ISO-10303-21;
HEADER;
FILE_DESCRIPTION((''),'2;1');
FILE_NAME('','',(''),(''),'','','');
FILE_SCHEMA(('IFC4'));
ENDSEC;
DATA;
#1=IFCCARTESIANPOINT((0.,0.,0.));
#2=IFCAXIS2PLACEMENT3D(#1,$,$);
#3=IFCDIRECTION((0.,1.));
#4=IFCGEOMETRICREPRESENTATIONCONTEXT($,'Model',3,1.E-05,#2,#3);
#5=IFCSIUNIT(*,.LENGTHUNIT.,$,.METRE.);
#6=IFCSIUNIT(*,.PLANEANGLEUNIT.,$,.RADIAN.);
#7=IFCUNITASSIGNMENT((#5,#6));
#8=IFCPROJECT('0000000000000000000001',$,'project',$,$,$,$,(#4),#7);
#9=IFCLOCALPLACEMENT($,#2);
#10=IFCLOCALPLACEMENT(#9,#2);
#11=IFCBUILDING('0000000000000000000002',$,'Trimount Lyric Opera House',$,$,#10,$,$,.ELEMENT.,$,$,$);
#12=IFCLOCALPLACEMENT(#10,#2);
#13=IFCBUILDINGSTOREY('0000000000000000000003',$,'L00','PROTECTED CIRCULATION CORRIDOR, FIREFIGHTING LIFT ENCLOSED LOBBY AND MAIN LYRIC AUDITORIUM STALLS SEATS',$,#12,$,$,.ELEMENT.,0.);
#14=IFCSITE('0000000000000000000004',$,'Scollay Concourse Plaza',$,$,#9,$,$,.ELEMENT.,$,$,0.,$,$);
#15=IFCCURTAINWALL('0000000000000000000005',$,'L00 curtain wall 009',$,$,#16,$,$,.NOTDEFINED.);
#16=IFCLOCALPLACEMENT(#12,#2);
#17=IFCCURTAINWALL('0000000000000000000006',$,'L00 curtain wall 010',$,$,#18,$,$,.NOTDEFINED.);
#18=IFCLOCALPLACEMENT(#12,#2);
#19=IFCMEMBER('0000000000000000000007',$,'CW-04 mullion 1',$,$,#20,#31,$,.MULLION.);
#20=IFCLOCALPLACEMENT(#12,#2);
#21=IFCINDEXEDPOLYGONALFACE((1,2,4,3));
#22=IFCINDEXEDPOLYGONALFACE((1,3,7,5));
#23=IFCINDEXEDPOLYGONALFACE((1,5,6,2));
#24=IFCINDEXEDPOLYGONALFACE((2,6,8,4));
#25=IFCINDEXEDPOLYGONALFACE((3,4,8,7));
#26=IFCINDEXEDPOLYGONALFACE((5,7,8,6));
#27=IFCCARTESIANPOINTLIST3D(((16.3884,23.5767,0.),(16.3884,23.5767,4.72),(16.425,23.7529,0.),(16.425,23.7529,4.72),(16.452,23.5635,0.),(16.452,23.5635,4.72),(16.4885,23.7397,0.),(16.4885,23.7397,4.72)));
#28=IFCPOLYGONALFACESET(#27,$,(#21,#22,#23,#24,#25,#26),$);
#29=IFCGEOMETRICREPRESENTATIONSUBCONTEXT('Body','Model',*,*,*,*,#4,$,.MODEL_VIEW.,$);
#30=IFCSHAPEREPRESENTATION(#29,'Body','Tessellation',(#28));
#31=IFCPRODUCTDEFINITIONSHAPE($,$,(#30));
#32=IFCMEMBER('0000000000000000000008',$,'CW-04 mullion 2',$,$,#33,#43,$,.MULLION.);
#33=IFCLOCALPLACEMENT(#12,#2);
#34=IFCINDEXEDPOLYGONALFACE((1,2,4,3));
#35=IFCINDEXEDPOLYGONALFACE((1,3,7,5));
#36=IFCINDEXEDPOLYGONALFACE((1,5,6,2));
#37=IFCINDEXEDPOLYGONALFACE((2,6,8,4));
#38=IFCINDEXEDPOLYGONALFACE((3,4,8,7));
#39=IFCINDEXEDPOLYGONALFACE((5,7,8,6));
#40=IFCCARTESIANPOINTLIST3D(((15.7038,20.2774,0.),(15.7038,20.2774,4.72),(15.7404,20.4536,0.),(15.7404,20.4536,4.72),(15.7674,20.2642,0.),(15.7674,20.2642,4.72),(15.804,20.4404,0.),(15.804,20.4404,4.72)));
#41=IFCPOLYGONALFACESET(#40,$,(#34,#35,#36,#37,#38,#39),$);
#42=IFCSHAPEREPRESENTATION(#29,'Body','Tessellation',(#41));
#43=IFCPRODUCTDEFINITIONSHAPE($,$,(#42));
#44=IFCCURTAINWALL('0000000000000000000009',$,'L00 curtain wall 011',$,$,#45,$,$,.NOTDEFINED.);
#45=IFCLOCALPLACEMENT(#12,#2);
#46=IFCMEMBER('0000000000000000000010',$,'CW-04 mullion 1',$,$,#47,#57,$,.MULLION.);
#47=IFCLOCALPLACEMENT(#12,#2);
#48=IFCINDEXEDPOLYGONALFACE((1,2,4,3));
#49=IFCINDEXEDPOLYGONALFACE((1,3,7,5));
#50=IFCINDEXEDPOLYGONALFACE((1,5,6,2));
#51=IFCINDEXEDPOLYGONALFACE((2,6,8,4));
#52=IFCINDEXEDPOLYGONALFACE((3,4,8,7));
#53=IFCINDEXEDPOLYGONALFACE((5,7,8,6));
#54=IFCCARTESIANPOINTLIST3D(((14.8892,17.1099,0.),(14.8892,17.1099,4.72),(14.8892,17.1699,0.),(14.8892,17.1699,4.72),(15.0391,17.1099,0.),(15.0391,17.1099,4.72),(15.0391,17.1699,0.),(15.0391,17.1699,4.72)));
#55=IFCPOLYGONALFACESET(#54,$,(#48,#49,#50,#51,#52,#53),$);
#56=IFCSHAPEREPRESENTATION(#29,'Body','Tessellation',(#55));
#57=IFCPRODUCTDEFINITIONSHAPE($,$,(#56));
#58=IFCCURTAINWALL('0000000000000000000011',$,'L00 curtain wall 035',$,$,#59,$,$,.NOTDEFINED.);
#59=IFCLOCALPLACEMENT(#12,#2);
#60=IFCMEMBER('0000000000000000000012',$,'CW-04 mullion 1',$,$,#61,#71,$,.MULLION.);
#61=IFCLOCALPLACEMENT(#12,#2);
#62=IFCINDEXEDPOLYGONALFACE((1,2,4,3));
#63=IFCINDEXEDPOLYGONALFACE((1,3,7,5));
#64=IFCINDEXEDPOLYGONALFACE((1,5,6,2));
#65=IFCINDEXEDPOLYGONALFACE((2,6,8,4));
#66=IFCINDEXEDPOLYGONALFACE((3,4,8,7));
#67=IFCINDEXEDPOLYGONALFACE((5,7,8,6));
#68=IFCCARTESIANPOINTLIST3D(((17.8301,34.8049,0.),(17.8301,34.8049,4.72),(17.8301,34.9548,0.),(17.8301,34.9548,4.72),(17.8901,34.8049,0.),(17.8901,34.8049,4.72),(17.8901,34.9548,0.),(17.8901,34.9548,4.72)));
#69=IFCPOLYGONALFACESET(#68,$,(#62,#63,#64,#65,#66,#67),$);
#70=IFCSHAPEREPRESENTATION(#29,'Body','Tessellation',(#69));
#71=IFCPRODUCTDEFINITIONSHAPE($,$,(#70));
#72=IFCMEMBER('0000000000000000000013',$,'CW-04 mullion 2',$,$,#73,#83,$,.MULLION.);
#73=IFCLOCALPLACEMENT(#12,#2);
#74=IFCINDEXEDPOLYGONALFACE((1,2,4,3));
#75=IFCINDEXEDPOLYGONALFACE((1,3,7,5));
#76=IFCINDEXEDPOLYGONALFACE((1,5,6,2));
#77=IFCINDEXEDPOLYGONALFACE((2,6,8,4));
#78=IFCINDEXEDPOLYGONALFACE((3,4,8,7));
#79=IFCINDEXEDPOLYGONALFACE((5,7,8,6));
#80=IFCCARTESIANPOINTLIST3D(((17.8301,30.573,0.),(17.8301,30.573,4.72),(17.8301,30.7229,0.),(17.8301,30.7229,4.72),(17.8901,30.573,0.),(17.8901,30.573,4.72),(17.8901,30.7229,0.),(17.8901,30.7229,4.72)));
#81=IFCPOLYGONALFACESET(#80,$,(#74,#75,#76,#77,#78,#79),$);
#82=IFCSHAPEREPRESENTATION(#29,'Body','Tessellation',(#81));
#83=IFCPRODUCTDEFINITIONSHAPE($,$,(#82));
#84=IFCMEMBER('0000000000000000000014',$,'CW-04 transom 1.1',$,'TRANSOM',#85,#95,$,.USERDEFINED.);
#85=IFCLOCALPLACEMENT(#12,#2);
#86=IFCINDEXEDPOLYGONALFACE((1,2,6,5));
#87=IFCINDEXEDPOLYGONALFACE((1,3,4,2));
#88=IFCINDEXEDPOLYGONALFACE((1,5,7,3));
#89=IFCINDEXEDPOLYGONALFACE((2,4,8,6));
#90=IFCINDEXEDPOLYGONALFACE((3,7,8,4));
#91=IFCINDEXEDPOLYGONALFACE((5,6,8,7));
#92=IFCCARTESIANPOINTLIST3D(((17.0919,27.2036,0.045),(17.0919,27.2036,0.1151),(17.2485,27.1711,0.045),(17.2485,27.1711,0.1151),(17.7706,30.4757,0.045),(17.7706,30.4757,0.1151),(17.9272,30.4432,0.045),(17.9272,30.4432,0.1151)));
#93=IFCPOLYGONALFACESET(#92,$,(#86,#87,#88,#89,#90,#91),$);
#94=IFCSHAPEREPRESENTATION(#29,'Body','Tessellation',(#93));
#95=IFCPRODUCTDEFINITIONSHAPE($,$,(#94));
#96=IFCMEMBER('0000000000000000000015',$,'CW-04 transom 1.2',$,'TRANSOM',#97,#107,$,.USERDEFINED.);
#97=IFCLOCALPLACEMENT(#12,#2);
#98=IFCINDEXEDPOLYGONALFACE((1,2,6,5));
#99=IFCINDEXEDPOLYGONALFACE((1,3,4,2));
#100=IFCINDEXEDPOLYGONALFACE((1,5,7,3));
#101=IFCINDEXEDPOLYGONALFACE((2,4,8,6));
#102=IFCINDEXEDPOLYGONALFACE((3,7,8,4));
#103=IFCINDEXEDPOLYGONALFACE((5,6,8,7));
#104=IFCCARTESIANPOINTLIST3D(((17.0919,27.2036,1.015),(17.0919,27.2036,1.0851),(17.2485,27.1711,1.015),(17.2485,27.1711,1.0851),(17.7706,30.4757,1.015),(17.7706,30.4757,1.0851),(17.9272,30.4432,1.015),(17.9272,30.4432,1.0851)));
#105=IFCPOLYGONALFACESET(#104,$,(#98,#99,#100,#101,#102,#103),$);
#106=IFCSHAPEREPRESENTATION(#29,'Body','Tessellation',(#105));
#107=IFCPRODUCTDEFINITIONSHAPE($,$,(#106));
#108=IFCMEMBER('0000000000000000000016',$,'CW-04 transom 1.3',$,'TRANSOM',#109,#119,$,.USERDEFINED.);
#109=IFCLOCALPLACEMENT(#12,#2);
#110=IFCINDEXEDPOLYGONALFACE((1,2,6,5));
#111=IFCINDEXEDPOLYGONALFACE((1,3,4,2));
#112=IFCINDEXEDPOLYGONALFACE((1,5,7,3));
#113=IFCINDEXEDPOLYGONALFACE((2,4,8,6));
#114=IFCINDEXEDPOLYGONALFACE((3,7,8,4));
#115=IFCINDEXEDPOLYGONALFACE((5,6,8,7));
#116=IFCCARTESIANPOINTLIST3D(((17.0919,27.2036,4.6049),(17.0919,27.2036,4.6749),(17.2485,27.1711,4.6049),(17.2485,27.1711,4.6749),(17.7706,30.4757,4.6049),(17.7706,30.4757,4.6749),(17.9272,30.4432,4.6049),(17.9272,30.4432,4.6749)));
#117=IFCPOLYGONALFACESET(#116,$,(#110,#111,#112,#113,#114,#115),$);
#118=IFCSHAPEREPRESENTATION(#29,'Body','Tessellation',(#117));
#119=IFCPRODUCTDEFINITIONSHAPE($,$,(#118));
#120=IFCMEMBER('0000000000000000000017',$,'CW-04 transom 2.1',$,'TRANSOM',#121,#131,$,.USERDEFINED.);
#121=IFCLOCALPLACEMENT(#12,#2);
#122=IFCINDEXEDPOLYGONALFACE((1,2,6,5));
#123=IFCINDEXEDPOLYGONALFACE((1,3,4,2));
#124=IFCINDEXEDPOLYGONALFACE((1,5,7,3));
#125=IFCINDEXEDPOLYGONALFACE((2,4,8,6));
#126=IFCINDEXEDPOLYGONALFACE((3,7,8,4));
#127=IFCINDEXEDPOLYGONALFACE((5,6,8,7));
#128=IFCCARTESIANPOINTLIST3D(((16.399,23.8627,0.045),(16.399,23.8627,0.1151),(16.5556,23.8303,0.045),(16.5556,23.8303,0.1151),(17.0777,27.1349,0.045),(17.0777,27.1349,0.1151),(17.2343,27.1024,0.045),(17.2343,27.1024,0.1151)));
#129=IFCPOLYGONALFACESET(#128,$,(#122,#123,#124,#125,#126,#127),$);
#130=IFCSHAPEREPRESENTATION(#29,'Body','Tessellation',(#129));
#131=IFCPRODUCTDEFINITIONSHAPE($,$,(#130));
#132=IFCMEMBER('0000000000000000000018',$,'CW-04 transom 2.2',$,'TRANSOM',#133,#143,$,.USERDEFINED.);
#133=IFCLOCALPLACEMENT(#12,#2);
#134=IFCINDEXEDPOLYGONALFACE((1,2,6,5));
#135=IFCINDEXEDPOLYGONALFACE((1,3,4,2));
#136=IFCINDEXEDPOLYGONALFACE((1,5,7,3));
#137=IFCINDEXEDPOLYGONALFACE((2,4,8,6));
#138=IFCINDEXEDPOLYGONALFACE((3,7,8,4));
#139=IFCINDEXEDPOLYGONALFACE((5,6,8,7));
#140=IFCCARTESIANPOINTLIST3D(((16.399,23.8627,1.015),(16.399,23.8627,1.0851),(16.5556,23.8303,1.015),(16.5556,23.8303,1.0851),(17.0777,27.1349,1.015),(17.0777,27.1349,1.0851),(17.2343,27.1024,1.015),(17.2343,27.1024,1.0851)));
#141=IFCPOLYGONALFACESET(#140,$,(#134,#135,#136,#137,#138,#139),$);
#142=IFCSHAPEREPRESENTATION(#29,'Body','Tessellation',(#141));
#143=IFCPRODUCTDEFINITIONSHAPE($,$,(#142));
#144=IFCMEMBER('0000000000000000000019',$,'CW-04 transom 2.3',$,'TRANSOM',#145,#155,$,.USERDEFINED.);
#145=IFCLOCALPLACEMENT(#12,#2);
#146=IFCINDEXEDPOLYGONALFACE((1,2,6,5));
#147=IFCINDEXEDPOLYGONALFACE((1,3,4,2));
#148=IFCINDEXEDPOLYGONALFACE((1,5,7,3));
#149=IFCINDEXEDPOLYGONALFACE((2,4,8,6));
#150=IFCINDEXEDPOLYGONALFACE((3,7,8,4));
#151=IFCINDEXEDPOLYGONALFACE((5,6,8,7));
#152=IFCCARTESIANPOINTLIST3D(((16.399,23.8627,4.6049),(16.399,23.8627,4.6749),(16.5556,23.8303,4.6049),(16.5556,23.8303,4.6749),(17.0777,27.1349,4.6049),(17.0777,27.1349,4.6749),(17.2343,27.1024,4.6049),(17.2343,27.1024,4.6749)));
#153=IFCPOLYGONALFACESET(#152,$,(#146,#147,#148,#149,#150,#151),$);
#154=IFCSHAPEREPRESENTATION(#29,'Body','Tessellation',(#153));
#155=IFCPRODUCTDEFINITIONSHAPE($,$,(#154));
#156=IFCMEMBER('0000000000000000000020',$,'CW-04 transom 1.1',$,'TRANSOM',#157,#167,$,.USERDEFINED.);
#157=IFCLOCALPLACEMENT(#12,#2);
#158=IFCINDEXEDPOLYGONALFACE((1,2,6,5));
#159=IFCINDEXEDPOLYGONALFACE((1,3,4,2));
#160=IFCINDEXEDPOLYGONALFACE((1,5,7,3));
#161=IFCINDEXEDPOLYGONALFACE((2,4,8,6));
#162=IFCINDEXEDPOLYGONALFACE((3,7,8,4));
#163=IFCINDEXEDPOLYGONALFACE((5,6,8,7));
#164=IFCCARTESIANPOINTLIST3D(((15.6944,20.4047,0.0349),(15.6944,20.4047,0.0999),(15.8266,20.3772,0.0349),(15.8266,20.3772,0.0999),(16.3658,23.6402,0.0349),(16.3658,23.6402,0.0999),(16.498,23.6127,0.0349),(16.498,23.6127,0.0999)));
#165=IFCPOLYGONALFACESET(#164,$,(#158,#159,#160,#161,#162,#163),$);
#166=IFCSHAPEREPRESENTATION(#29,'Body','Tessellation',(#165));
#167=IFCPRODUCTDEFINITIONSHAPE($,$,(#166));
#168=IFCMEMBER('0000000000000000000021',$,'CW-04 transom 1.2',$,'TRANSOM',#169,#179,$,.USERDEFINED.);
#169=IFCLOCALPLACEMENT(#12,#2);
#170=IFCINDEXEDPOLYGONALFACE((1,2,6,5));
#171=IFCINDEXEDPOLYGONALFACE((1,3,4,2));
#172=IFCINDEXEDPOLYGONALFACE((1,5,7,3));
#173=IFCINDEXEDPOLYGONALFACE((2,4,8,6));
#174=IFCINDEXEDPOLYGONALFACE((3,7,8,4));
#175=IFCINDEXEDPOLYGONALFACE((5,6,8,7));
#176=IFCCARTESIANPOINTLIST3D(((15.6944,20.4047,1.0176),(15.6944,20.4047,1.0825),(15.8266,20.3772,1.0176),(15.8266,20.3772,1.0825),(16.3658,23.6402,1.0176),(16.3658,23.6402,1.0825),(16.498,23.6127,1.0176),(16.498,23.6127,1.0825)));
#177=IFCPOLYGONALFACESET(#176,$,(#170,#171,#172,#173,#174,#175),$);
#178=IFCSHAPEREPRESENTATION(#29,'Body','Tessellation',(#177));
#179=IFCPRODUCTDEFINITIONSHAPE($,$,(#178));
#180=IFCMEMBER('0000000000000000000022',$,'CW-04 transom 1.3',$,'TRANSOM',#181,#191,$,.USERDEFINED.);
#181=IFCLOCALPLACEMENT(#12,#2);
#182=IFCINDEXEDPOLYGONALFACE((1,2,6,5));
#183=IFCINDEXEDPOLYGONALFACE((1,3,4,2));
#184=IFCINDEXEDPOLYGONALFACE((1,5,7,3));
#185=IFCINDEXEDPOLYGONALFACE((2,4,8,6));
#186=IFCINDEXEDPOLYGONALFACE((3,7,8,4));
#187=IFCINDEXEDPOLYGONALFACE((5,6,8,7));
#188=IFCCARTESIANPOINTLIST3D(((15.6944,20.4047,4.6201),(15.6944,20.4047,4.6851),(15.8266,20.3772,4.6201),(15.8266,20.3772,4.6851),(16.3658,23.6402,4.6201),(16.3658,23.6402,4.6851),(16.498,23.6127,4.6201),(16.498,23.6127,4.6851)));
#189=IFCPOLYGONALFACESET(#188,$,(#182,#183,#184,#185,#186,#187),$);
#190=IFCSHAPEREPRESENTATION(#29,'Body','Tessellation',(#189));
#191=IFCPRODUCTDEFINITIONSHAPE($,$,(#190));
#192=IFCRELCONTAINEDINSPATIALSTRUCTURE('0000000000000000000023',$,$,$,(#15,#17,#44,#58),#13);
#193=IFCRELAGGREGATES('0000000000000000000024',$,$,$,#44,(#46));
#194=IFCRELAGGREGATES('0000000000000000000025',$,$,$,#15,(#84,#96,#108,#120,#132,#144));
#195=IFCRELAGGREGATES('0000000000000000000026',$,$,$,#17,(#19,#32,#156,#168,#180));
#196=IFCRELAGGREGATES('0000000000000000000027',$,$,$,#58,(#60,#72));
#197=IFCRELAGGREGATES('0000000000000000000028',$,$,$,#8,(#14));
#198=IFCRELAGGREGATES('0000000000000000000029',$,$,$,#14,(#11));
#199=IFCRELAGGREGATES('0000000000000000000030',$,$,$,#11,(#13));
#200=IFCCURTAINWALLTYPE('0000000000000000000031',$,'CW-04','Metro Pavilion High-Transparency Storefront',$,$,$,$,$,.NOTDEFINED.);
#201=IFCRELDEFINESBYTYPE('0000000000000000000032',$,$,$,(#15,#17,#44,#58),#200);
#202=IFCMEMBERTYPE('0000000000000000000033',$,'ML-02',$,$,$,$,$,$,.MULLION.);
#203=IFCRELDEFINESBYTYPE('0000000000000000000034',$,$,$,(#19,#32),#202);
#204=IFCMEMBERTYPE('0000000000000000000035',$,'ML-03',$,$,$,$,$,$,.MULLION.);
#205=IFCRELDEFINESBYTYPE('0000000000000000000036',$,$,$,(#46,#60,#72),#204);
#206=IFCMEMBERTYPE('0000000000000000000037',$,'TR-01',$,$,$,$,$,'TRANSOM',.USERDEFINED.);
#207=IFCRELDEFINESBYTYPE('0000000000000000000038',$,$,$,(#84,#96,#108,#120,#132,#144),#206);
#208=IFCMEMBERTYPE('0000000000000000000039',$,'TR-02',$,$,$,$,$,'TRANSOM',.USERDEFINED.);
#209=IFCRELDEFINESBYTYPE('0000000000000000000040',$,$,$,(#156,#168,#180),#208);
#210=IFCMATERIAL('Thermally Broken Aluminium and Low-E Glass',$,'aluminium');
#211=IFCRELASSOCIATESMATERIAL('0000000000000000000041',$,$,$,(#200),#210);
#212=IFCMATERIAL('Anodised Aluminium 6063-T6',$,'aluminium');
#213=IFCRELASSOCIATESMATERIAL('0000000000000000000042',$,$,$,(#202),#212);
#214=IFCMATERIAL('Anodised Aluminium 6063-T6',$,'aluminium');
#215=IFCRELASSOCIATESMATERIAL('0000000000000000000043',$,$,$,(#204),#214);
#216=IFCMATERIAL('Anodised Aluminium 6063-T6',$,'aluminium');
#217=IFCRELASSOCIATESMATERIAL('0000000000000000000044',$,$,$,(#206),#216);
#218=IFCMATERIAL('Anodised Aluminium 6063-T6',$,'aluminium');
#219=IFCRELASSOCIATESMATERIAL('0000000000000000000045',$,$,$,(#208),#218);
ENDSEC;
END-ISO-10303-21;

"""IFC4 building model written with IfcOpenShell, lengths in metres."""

from ifc_helpers import new_model, si_unit, direction, frame, origin, origin_2d, place, context, subcontext, project, spatial, rectangle, extrude, material, material_profile, profile_set, type_object, element, aggregate, save


model = new_model("IFC4")

# Units and contexts
model_context = context("Model", 3, precision=1e-05, world=origin(), true_north=direction((0.0, 1.0)))
body_context = subcontext(model_context, "Body", "Model", "MODEL_VIEW")
ifc_project = project(units=[si_unit("LENGTHUNIT", "METRE"), si_unit("PLANEANGLEUNIT", "RADIAN")], contexts=[model_context])

# Site, building, storey
site_placement = place(None, origin())
site = spatial("IfcSite", under=ifc_project, at=site_placement, Name="Scollay Concourse Plaza", CompositionType="ELEMENT", RefElevation=0.0)
building_placement = place(site_placement, origin())
building = spatial("IfcBuilding", under=site, at=building_placement, Name="Trimount Lyric Opera House", CompositionType="ELEMENT")
storey_placement = place(building_placement, origin())
storey = spatial("IfcBuildingStorey", under=building, at=storey_placement, Name="L00", Description="PROTECTED CIRCULATION CORRIDOR, FIREFIGHTING LIFT ENCLOSED LOBBY AND MAIN LYRIC AUDITORIUM STALLS SEATS", CompositionType="ELEMENT", Elevation=0.0)

# Curtain walls, members
ifc_material_1 = material(Name="Thermally Broken Aluminium and Low-E Glass", Category="aluminium")
curtain_wall_type = type_object("IfcCurtainWallType", Name="CW-04", Description="Metro Pavilion High-Transparency Storefront", PredefinedType="NOTDEFINED", material=ifc_material_1)
curtain_wall_1_placement = place(storey_placement, origin())
curtain_wall_1 = element("IfcCurtainWall", 1, at=curtain_wall_1_placement, inside=storey, type_object=curtain_wall_type, Name="L00 curtain wall 009", PredefinedType="NOTDEFINED")
curtain_wall_2_placement = place(storey_placement, origin())
curtain_wall_2 = element("IfcCurtainWall", 2, at=curtain_wall_2_placement, inside=storey, type_object=curtain_wall_type, Name="L00 curtain wall 010", PredefinedType="NOTDEFINED")
ifc_material_2 = material(Name="Anodised Aluminium 6063-T6", Category="aluminium")
ifc_material_profile_1 = material_profile(ifc_material_2, rectangle(XDim=0.0649, YDim=0.1799, at=origin_2d()), Name="ALU-MULL-65X180")
ifc_profile_set_1 = profile_set([ifc_material_profile_1], Name="Anodised Aluminium 6063-T6")
member_type_1 = type_object("IfcMemberType", Name="ML-02", PredefinedType="MULLION", material=ifc_profile_set_1)
member_1_placement = place(storey_placement, frame((16.4385, 23.6582, 0.0), z_axis=(0.0, 0.0, 1.0), x_axis=(0.979154, -0.203121, 0.0)))
member_1 = element("IfcMember", 3, at=member_1_placement, type_object=member_type_1, Name="CW-04 mullion 1", PredefinedType="MULLION", context=body_context, shape_type="SweptSolid", body=[
    extrude(rectangle(XDim=0.0649, YDim=0.1799, at=origin_2d()), origin(), (0.0, 0.0, 1.0), 4.72),
])
member_2_placement = place(storey_placement, frame((15.7539, 20.3589, 0.0), z_axis=(0.0, 0.0, 1.0), x_axis=(0.979154, -0.203121, 0.0)))
member_2 = element("IfcMember", 4, at=member_2_placement, type_object=member_type_1, Name="CW-04 mullion 2", PredefinedType="MULLION", context=body_context, shape_type="SweptSolid", body=[
    extrude(rectangle(XDim=0.0649, YDim=0.1799, at=origin_2d()), origin(), (0.0, 0.0, 1.0), 4.72),
])

# Curtain wall, member
curtain_wall_3_placement = place(storey_placement, origin())
curtain_wall_3 = element("IfcCurtainWall", 5, at=curtain_wall_3_placement, inside=storey, type_object=curtain_wall_type, Name="L00 curtain wall 011", PredefinedType="NOTDEFINED")
ifc_material_3 = material(Name="Anodised Aluminium 6063-T6", Category="aluminium")
ifc_material_profile_2 = material_profile(ifc_material_3, rectangle(XDim=0.0601, YDim=0.1499, at=origin_2d()), Name="ALU-MULL-60X150")
ifc_profile_set_2 = profile_set([ifc_material_profile_2], Name="Anodised Aluminium 6063-T6")
member_type_2 = type_object("IfcMemberType", Name="ML-03", PredefinedType="MULLION", material=ifc_profile_set_2)
member_3_placement = place(storey_placement, frame((14.9641, 17.1399, 0.0), z_axis=(0.0, 0.0, 1.0), x_axis=(0.0, -1.0, 0.0)))
member_3 = element("IfcMember", 6, at=member_3_placement, type_object=member_type_2, Name="CW-04 mullion 1", PredefinedType="MULLION", context=body_context, shape_type="SweptSolid", body=[
    extrude(rectangle(XDim=0.0601, YDim=0.1499, at=origin_2d()), origin(), (0.0, 0.0, 1.0), 4.72),
])

# Curtain wall, members
curtain_wall_4_placement = place(storey_placement, origin())
curtain_wall_4 = element("IfcCurtainWall", 7, at=curtain_wall_4_placement, inside=storey, type_object=curtain_wall_type, Name="L00 curtain wall 035", PredefinedType="NOTDEFINED")
member_4_placement = place(storey_placement, frame((17.8601, 34.8799, 0.0), z_axis=(0.0, 0.0, 1.0), x_axis=(1.0, 0.0, 0.0)))
member_4 = element("IfcMember", 8, at=member_4_placement, type_object=member_type_2, Name="CW-04 mullion 1", PredefinedType="MULLION", context=body_context, shape_type="SweptSolid", body=[
    extrude(rectangle(XDim=0.0601, YDim=0.1499, at=origin_2d()), origin(), (0.0, 0.0, 1.0), 4.72),
])
member_5_placement = place(storey_placement, frame((17.8601, 30.6479, 0.0), z_axis=(0.0, 0.0, 1.0), x_axis=(1.0, 0.0, 0.0)))
member_5 = element("IfcMember", 9, at=member_5_placement, type_object=member_type_2, Name="CW-04 mullion 2", PredefinedType="MULLION", context=body_context, shape_type="SweptSolid", body=[
    extrude(rectangle(XDim=0.0601, YDim=0.1499, at=origin_2d()), origin(), (0.0, 0.0, 1.0), 4.72),
])

# Members
ifc_material_4 = material(Name="Anodised Aluminium 6063-T6", Category="aluminium")
ifc_material_profile_3 = material_profile(ifc_material_4, rectangle(XDim=0.1599, YDim=0.0701, at=origin_2d()), Name="ALU-TRAN-70X160")
ifc_profile_set_3 = profile_set([ifc_material_profile_3], Name="Anodised Aluminium 6063-T6")
member_type_3 = type_object("IfcMemberType", Name="TR-01", ElementType="TRANSOM", PredefinedType="USERDEFINED", material=ifc_profile_set_3)
member_6_placement = place(storey_placement, frame((17.8489, 30.4595, 0.0801), z_axis=(-0.203094, -0.979159, 0.0), x_axis=(0.979159, -0.203094, 0.0)))
member_6 = element("IfcMember", 10, at=member_6_placement, type_object=member_type_3, Name="CW-04 transom 1.1", ObjectType="TRANSOM", PredefinedType="USERDEFINED", context=body_context, shape_type="SweptSolid", body=[
    extrude(rectangle(XDim=0.1599, YDim=0.0701, at=origin_2d()), origin(), (0.0, 0.0, 1.0), 3.3418),
])
member_7_placement = place(storey_placement, frame((17.8489, 30.4595, 1.05), z_axis=(-0.203094, -0.979159, 0.0), x_axis=(0.979159, -0.203094, 0.0)))
member_7 = element("IfcMember", 11, at=member_7_placement, type_object=member_type_3, Name="CW-04 transom 1.2", ObjectType="TRANSOM", PredefinedType="USERDEFINED", context=body_context, shape_type="SweptSolid", body=[
    extrude(rectangle(XDim=0.1599, YDim=0.0701, at=origin_2d()), origin(), (0.0, 0.0, 1.0), 3.3418),
])
member_8_placement = place(storey_placement, frame((17.8489, 30.4595, 4.6399), z_axis=(-0.203094, -0.979159, 0.0), x_axis=(0.979159, -0.203094, 0.0)))
member_8 = element("IfcMember", 12, at=member_8_placement, type_object=member_type_3, Name="CW-04 transom 1.3", ObjectType="TRANSOM", PredefinedType="USERDEFINED", context=body_context, shape_type="SweptSolid", body=[
    extrude(rectangle(XDim=0.1599, YDim=0.0701, at=origin_2d()), origin(), (0.0, 0.0, 1.0), 3.3418),
])
member_9_placement = place(storey_placement, frame((17.156, 27.1187, 0.0801), z_axis=(-0.203094, -0.979159, 0.0), x_axis=(0.979159, -0.203094, 0.0)))
member_9 = element("IfcMember", 13, at=member_9_placement, type_object=member_type_3, Name="CW-04 transom 2.1", ObjectType="TRANSOM", PredefinedType="USERDEFINED", context=body_context, shape_type="SweptSolid", body=[
    extrude(rectangle(XDim=0.1599, YDim=0.0701, at=origin_2d()), origin(), (0.0, 0.0, 1.0), 3.3418),
])
member_10_placement = place(storey_placement, frame((17.156, 27.1187, 1.05), z_axis=(-0.203094, -0.979159, 0.0), x_axis=(0.979159, -0.203094, 0.0)))
member_10 = element("IfcMember", 14, at=member_10_placement, type_object=member_type_3, Name="CW-04 transom 2.2", ObjectType="TRANSOM", PredefinedType="USERDEFINED", context=body_context, shape_type="SweptSolid", body=[
    extrude(rectangle(XDim=0.1599, YDim=0.0701, at=origin_2d()), origin(), (0.0, 0.0, 1.0), 3.3418),
])
member_11_placement = place(storey_placement, frame((17.156, 27.1187, 4.6399), z_axis=(-0.203094, -0.979159, 0.0), x_axis=(0.979159, -0.203094, 0.0)))
member_11 = element("IfcMember", 15, at=member_11_placement, type_object=member_type_3, Name="CW-04 transom 2.3", ObjectType="TRANSOM", PredefinedType="USERDEFINED", context=body_context, shape_type="SweptSolid", body=[
    extrude(rectangle(XDim=0.1599, YDim=0.0701, at=origin_2d()), origin(), (0.0, 0.0, 1.0), 3.3418),
])
ifc_material_5 = material(Name="Anodised Aluminium 6063-T6", Category="aluminium")
ifc_material_profile_4 = material_profile(ifc_material_5, rectangle(XDim=0.135, YDim=0.0649, at=origin_2d()), Name="ALU-TRAN-65X135")
ifc_profile_set_4 = profile_set([ifc_material_profile_4], Name="Anodised Aluminium 6063-T6")
member_type_4 = type_object("IfcMemberType", Name="TR-02", ElementType="TRANSOM", PredefinedType="USERDEFINED", material=ifc_profile_set_4)
member_12_placement = place(storey_placement, frame((16.4319, 23.6265, 0.0674), z_axis=(-0.203172, -0.979143, 0.0), x_axis=(0.979143, -0.203172, 0.0)))
member_12 = element("IfcMember", 16, at=member_12_placement, type_object=member_type_4, Name="CW-04 transom 1.1", ObjectType="TRANSOM", PredefinedType="USERDEFINED", context=body_context, shape_type="SweptSolid", body=[
    extrude(rectangle(XDim=0.135, YDim=0.0649, at=origin_2d()), origin(), (0.0, 0.0, 1.0), 3.3044),
])
member_13_placement = place(storey_placement, frame((16.4319, 23.6265, 1.05), z_axis=(-0.203172, -0.979143, 0.0), x_axis=(0.979143, -0.203172, 0.0)))
member_13 = element("IfcMember", 17, at=member_13_placement, type_object=member_type_4, Name="CW-04 transom 1.2", ObjectType="TRANSOM", PredefinedType="USERDEFINED", context=body_context, shape_type="SweptSolid", body=[
    extrude(rectangle(XDim=0.135, YDim=0.0649, at=origin_2d()), origin(), (0.0, 0.0, 1.0), 3.3044),
])
member_14_placement = place(storey_placement, frame((16.4319, 23.6265, 4.6526), z_axis=(-0.203172, -0.979143, 0.0), x_axis=(0.979143, -0.203172, 0.0)))
member_14 = element("IfcMember", 18, at=member_14_placement, type_object=member_type_4, Name="CW-04 transom 1.3", ObjectType="TRANSOM", PredefinedType="USERDEFINED", context=body_context, shape_type="SweptSolid", body=[
    extrude(rectangle(XDim=0.135, YDim=0.0649, at=origin_2d()), origin(), (0.0, 0.0, 1.0), 3.3044),
])
aggregate(curtain_wall_3, [member_3])

aggregate(curtain_wall_1, [member_6, member_7, member_8, member_9, member_10, member_11])
aggregate(curtain_wall_2, [member_1, member_2, member_12, member_13, member_14])
aggregate(curtain_wall_4, [member_4, member_5])

save(model, "model.ifc")
